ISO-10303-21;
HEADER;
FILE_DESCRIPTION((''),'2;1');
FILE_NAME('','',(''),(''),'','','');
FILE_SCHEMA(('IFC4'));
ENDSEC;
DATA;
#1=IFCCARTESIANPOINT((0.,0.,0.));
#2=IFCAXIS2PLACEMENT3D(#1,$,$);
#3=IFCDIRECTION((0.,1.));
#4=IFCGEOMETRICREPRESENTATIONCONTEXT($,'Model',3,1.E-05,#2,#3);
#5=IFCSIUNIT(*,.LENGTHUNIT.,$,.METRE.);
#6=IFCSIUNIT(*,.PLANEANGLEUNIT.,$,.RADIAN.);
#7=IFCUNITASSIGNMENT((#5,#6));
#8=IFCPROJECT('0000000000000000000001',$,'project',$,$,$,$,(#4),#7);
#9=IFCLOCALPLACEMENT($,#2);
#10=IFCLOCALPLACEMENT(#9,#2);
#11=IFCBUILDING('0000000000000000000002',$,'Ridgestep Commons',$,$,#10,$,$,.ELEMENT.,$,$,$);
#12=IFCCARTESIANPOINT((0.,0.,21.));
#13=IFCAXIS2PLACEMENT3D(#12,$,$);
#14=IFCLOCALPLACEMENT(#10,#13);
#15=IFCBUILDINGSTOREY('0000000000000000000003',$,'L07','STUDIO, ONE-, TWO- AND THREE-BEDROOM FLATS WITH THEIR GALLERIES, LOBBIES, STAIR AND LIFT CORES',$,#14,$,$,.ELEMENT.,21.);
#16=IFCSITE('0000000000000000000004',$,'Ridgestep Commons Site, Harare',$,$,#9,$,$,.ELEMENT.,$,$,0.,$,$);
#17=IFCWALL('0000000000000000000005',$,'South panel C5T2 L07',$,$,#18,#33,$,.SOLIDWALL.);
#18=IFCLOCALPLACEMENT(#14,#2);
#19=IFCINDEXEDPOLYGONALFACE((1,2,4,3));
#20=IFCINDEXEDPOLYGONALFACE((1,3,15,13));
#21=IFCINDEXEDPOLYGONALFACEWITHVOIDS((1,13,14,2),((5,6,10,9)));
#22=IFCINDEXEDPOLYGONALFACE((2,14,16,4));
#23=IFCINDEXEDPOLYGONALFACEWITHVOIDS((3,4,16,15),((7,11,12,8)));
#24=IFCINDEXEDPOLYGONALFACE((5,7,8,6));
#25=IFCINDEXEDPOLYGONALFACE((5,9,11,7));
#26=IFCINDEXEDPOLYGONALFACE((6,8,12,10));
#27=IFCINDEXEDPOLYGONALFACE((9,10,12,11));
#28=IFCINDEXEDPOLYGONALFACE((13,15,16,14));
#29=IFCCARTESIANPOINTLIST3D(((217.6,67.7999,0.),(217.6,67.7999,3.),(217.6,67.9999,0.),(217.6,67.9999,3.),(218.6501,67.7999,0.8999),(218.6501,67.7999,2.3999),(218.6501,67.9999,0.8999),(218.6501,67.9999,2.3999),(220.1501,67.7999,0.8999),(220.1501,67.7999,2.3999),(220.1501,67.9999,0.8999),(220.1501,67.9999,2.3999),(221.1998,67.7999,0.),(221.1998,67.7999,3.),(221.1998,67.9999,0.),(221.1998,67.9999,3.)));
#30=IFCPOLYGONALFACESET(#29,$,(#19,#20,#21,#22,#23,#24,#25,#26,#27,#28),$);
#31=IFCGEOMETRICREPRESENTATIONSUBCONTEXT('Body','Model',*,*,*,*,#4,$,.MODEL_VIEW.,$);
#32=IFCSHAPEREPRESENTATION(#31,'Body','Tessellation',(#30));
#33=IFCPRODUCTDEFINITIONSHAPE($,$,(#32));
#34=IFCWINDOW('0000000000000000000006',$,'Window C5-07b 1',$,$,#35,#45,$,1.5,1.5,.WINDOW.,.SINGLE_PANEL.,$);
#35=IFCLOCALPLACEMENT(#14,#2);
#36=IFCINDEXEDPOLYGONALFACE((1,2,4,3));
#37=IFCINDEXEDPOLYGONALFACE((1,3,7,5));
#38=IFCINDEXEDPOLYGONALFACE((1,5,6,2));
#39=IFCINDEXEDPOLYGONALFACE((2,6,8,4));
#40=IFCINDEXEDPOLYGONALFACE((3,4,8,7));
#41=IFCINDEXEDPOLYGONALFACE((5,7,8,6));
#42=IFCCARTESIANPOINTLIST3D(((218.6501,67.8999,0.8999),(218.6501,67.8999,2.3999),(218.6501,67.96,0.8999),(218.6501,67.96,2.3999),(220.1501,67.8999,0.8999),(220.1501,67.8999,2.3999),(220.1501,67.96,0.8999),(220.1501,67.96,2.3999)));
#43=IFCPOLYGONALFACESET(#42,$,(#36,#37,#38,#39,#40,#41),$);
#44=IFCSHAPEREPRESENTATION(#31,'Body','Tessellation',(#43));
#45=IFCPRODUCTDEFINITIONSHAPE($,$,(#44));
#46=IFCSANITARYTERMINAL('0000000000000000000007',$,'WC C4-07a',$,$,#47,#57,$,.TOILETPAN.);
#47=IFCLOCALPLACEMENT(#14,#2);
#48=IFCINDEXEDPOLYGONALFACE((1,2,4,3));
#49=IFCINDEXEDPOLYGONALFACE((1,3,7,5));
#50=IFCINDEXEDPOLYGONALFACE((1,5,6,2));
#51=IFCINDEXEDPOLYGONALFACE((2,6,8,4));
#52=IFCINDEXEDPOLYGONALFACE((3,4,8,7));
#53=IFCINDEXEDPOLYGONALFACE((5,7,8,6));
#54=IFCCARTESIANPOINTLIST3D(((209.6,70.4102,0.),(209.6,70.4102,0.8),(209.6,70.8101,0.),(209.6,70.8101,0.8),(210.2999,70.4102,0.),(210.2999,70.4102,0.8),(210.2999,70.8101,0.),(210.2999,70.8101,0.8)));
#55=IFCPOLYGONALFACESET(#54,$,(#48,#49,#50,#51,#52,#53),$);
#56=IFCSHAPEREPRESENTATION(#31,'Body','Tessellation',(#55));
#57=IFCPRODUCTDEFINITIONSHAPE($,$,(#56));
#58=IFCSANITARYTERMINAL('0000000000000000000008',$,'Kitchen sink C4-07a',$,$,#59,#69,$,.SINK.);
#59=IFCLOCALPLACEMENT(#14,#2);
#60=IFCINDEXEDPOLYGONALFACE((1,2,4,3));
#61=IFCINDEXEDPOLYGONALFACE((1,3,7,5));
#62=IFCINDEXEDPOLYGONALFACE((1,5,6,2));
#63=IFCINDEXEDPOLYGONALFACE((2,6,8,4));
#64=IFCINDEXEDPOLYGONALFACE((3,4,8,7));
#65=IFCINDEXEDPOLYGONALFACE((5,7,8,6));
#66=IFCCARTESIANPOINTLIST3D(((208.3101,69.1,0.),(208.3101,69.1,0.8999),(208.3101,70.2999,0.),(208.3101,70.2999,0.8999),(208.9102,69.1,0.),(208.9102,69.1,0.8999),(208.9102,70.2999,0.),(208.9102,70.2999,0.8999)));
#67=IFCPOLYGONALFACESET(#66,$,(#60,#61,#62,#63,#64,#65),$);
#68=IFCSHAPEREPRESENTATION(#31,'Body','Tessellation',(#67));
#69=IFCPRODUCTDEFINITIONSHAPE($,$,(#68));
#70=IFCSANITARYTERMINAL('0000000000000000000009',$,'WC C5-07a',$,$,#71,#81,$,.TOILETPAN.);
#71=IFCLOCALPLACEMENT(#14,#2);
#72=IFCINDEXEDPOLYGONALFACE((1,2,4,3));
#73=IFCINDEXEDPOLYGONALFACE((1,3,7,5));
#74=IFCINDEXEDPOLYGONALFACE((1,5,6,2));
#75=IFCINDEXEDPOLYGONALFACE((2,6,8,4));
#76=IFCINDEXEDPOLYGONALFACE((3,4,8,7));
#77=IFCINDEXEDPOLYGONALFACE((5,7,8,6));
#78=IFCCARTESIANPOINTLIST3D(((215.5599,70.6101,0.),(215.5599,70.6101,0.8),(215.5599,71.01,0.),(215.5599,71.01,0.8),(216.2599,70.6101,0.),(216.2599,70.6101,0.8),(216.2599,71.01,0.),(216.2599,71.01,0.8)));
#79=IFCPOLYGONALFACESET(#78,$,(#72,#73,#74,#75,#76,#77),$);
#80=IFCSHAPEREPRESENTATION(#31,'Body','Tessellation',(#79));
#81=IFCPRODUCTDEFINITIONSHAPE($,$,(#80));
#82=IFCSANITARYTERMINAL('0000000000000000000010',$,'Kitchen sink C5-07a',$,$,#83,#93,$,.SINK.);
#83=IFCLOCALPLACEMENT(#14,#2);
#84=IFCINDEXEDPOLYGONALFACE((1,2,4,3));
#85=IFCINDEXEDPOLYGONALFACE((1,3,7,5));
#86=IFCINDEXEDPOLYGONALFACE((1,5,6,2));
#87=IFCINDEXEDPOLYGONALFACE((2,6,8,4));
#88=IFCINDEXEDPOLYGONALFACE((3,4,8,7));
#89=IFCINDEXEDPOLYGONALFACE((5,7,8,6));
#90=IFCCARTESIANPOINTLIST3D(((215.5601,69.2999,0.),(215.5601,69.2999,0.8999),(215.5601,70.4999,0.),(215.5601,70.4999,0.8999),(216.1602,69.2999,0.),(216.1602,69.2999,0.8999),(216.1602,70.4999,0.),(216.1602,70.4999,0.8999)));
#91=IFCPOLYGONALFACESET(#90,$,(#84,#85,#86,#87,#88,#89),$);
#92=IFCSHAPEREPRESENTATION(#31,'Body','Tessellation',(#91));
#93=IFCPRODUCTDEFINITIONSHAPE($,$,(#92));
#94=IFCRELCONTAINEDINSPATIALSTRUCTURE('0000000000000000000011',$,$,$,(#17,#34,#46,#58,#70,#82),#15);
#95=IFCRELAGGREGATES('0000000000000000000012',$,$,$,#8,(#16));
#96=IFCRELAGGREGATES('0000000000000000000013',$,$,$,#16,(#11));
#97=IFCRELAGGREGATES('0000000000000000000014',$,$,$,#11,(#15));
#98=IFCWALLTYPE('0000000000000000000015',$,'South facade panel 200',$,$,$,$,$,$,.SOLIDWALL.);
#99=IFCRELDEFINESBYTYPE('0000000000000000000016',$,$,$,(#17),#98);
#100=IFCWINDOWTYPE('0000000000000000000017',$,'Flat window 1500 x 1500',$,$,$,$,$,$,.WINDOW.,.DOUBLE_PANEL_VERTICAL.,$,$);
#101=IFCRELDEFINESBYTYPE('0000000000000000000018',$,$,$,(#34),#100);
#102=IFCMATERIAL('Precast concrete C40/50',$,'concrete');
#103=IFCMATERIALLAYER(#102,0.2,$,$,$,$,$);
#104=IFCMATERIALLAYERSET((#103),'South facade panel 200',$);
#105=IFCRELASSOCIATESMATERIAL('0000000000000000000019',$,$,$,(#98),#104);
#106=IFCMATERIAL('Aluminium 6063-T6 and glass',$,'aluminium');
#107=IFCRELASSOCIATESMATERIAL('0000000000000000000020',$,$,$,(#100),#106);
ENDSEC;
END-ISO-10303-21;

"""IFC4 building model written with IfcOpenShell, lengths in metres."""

from ifc_helpers import new_model, si_unit, direction, frame, frame_2d, origin, origin_2d, place, context, subcontext, project, spatial, rectangle, extrude, material, layer, layer_set, type_object, element, fill, save


model = new_model("IFC4")

# Units and contexts
model_context = context("Model", 3, precision=1e-05, world=origin(), true_north=direction((0.0, 1.0)))
body_context = subcontext(model_context, "Body", "Model", "MODEL_VIEW")
ifc_project = project(units=[si_unit("LENGTHUNIT", "METRE"), si_unit("PLANEANGLEUNIT", "RADIAN")], contexts=[model_context])

# Site, building, storey
site_placement = place(None, origin())
site = spatial("IfcSite", under=ifc_project, at=site_placement, Name="Ridgestep Commons Site, Harare", CompositionType="ELEMENT", RefElevation=0.0)
building_placement = place(site_placement, origin())
building = spatial("IfcBuilding", under=site, at=building_placement, Name="Ridgestep Commons", CompositionType="ELEMENT")
storey_placement = place(building_placement, frame((0.0, 0.0, 21.0)))
storey = spatial("IfcBuildingStorey", under=building, at=storey_placement, Name="L07", Description="STUDIO, ONE-, TWO- AND THREE-BEDROOM FLATS WITH THEIR GALLERIES, LOBBIES, STAIR AND LIFT CORES", CompositionType="ELEMENT", Elevation=21.0)

# Shared definitions
ifc_material_1 = material(Name="Precast concrete C40/50", Category="concrete")
ifc_layer_1 = layer(ifc_material_1, 0.2)
ifc_layer_set_1 = layer_set([ifc_layer_1], Name="South facade panel 200")
wall_type_1 = type_object("IfcWallType", Name="South facade panel 200", PredefinedType="SOLIDWALL", material=ifc_layer_set_1)

# Wall, opening, window
wall_1_placement = place(storey_placement, frame((217.6001, 67.8999, 0.0), z_axis=(0.0, 0.0, 1.0), x_axis=(1.0, 0.0, 0.0)))
wall_1 = element("IfcWall", 1, at=wall_1_placement, inside=storey, type_object=wall_type_1, Name="South panel C5T2 L07", PredefinedType="SOLIDWALL", context=body_context, shape_type="SweptSolid", body=[
    extrude(rectangle(XDim=3.5999, YDim=0.2, at=frame_2d((1.7998, 0.0))), origin(), (0.0, 0.0, 1.0), 3.0),
])
opening_1_placement = place(wall_1_placement, frame((1.05, 0.0, 0.8999)))
opening_1 = element("IfcOpeningElement", 2, at=opening_1_placement, cuts=wall_1, PredefinedType="OPENING", context=body_context, shape_type="SweptSolid", body=[
    extrude(rectangle(XDim=1.5, YDim=1.5, at=frame_2d((0.75, 0.75))), frame((0.0, 0.1099, 0.0), z_axis=(0.0, -1.0, 0.0), x_axis=(1.0, 0.0, 0.0)), (0.0, 0.0, 1.0), 0.22),
])
ifc_material_2 = material(Name="Aluminium 6063-T6 and glass", Category="aluminium")
window_type_1 = type_object("IfcWindowType", Name="Flat window 1500 x 1500", PartitioningType="DOUBLE_PANEL_VERTICAL", PredefinedType="WINDOW", material=ifc_material_2)
window_1_placement = place(opening_1_placement, origin())
window_1 = element("IfcWindow", 3, at=window_1_placement, inside=storey, type_object=window_type_1, Name="Window C5-07b 1", OverallHeight=1.5, OverallWidth=1.5, PartitioningType="SINGLE_PANEL", PredefinedType="WINDOW", context=body_context, shape_type="SweptSolid", body=[
    extrude(rectangle(XDim=1.5, YDim=1.5, at=frame_2d((0.75, 0.75))), frame((0.0, 0.0601, 0.0), z_axis=(0.0, -1.0, 0.0), x_axis=(1.0, 0.0, 0.0)), (0.0, 0.0, 1.0), 0.0601),
])
fill(opening_1, window_1)

# Sanitary terminals
sanitary_terminal_1_placement = place(storey_placement, frame((209.95, 70.6101, 0.0), z_axis=(0.0, 0.0, 1.0), x_axis=(1.0, 0.0, 0.0)))
element("IfcSanitaryTerminal", 4, at=sanitary_terminal_1_placement, inside=storey, Name="WC C4-07a", PredefinedType="TOILETPAN", context=body_context, shape_type="SweptSolid", body=[
    extrude(rectangle(XDim=0.7, YDim=0.3999, at=origin_2d()), origin(), (0.0, 0.0, 1.0), 0.8),
])
sanitary_terminal_2_placement = place(storey_placement, frame((208.6101, 69.7, 0.0), z_axis=(0.0, 0.0, 1.0), x_axis=(1.0, 0.0, 0.0)))
element("IfcSanitaryTerminal", 5, at=sanitary_terminal_2_placement, inside=storey, Name="Kitchen sink C4-07a", PredefinedType="SINK", context=body_context, shape_type="SweptSolid", body=[
    extrude(rectangle(XDim=0.6001, YDim=1.2, at=origin_2d()), origin(), (0.0, 0.0, 1.0), 0.8999),
])
sanitary_terminal_3_placement = place(storey_placement, frame((215.9099, 70.8101, 0.0), z_axis=(0.0, 0.0, 1.0), x_axis=(1.0, 0.0, 0.0)))
element("IfcSanitaryTerminal", 6, at=sanitary_terminal_3_placement, inside=storey, Name="WC C5-07a", PredefinedType="TOILETPAN", context=body_context, shape_type="SweptSolid", body=[
    extrude(rectangle(XDim=0.7, YDim=0.3999, at=origin_2d()), origin(), (0.0, 0.0, 1.0), 0.8),
])
sanitary_terminal_4_placement = place(storey_placement, frame((215.8601, 69.8999, 0.0), z_axis=(0.0, 0.0, 1.0), x_axis=(1.0, 0.0, 0.0)))
element("IfcSanitaryTerminal", 7, at=sanitary_terminal_4_placement, inside=storey, Name="Kitchen sink C5-07a", PredefinedType="SINK", context=body_context, shape_type="SweptSolid", body=[
    extrude(rectangle(XDim=0.6001, YDim=1.2, at=origin_2d()), origin(), (0.0, 0.0, 1.0), 0.8999),
])

save(model, "model.ifc")
